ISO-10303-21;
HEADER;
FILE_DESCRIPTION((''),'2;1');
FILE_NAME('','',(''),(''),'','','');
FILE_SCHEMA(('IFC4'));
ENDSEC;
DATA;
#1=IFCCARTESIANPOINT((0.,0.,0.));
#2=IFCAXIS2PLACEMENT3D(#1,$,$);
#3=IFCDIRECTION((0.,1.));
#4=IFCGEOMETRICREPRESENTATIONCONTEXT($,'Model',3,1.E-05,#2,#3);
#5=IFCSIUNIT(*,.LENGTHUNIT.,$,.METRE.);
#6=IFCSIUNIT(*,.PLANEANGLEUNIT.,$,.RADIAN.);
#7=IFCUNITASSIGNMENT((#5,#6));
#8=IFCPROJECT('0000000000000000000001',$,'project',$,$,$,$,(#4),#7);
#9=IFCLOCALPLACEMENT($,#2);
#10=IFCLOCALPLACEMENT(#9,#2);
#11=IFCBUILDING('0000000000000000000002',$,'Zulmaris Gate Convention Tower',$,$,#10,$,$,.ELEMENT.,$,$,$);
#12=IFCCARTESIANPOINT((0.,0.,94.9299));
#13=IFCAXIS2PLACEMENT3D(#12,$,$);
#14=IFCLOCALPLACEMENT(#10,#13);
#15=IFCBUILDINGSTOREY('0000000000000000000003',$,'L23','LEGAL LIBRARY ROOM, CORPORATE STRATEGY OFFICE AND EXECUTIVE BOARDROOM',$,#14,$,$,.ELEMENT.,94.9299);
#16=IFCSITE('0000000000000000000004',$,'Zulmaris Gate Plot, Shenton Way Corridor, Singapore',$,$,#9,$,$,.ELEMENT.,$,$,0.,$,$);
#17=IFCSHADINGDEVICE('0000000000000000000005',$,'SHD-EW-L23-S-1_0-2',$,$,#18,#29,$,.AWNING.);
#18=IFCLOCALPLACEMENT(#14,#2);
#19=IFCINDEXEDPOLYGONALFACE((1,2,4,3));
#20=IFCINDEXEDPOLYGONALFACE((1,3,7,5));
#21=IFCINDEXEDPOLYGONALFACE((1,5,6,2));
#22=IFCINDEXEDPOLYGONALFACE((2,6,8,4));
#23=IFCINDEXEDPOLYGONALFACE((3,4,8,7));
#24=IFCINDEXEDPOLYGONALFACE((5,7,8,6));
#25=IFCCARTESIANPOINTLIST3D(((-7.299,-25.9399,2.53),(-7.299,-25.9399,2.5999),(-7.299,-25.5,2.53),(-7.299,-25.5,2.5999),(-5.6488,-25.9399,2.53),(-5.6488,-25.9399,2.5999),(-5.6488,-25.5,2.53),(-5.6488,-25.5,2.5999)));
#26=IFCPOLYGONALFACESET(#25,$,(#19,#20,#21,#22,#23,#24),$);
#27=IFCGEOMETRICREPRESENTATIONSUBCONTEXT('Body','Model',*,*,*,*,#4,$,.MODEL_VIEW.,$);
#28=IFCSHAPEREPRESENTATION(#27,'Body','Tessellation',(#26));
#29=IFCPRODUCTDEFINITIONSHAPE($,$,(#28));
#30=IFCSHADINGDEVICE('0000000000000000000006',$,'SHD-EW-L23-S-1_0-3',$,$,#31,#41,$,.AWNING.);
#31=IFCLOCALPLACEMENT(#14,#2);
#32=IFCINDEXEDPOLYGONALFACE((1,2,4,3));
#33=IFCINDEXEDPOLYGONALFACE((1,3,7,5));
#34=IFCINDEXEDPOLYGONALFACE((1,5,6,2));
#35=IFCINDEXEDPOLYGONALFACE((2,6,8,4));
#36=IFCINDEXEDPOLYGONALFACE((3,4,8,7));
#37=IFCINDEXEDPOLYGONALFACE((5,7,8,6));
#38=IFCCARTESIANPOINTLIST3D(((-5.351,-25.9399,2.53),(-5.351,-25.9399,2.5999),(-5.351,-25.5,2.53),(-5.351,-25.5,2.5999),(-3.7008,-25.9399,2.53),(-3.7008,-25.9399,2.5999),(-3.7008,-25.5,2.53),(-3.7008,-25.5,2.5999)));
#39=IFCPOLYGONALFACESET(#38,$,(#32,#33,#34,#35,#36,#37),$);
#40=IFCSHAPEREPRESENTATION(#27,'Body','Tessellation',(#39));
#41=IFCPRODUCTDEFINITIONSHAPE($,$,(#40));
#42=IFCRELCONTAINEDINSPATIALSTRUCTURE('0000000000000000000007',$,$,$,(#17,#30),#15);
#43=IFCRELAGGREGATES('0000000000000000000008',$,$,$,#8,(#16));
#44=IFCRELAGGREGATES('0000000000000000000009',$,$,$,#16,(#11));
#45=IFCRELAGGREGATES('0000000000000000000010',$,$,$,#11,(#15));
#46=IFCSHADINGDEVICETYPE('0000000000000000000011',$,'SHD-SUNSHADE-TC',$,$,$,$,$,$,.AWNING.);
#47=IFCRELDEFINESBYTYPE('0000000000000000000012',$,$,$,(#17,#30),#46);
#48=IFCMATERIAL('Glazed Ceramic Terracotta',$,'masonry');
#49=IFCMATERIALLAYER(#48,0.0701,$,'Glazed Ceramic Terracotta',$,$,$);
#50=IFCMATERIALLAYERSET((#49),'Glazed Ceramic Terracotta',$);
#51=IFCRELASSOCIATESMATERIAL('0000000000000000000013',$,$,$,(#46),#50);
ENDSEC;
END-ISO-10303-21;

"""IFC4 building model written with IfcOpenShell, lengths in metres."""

from ifc_helpers import new_model, si_unit, direction, frame, frame_2d, origin, place, context, subcontext, project, spatial, rectangle, extrude, material, layer, layer_set, type_object, element, save


model = new_model("IFC4")

# Units and contexts
model_context = context("Model", 3, precision=1e-05, world=origin(), true_north=direction((0.0, 1.0)))
body_context = subcontext(model_context, "Body", "Model", "MODEL_VIEW")
ifc_project = project(units=[si_unit("LENGTHUNIT", "METRE"), si_unit("PLANEANGLEUNIT", "RADIAN")], contexts=[model_context])

# Site, building, storey
site_placement = place(None, origin())
site = spatial("IfcSite", under=ifc_project, at=site_placement, Name="Zulmaris Gate Plot, Shenton Way Corridor, Singapore", CompositionType="ELEMENT", RefElevation=0.0)
building_placement = place(site_placement, origin())
building = spatial("IfcBuilding", under=site, at=building_placement, Name="Zulmaris Gate Convention Tower", CompositionType="ELEMENT")
storey_placement = place(building_placement, frame((0.0, 0.0, 94.9299)))
storey = spatial("IfcBuildingStorey", under=building, at=storey_placement, Name="L23", Description="LEGAL LIBRARY ROOM, CORPORATE STRATEGY OFFICE AND EXECUTIVE BOARDROOM", CompositionType="ELEMENT", Elevation=94.9299)

# Shading devices
ifc_material_1 = material(Name="Glazed Ceramic Terracotta", Category="masonry")
ifc_layer_1 = layer(ifc_material_1, 0.0701, Name="Glazed Ceramic Terracotta")
ifc_layer_set_1 = layer_set([ifc_layer_1], Name="Glazed Ceramic Terracotta")
shading_device_type = type_object("IfcShadingDeviceType", Name="SHD-SUNSHADE-TC", PredefinedType="AWNING", material=ifc_layer_set_1)
for number, where, z_axis, x_axis, name in (
    (1, (-7.2991, -25.72, 2.53), (0.0, 0.0, 1.0), (1.0, 0.0, 0.0), "SHD-EW-L23-S-1_0-2"),
    (2, (-5.3511, -25.72, 2.53), (0.0, 0.0, 1.0), (1.0, 0.0, 0.0), "SHD-EW-L23-S-1_0-3"),
):
    element("IfcShadingDevice", number, at=place(storey_placement, frame(where, z_axis=z_axis, x_axis=x_axis)), inside=storey, type_object=shading_device_type, Name=name, PredefinedType="AWNING", context=body_context, shape_type="SweptSolid", body=[
        extrude(rectangle(XDim=1.6501, YDim=0.4399, at=frame_2d((0.8252, 0.0))), origin(), (0.0, 0.0, 1.0), 0.0698),
    ])

save(model, "model.ifc")
